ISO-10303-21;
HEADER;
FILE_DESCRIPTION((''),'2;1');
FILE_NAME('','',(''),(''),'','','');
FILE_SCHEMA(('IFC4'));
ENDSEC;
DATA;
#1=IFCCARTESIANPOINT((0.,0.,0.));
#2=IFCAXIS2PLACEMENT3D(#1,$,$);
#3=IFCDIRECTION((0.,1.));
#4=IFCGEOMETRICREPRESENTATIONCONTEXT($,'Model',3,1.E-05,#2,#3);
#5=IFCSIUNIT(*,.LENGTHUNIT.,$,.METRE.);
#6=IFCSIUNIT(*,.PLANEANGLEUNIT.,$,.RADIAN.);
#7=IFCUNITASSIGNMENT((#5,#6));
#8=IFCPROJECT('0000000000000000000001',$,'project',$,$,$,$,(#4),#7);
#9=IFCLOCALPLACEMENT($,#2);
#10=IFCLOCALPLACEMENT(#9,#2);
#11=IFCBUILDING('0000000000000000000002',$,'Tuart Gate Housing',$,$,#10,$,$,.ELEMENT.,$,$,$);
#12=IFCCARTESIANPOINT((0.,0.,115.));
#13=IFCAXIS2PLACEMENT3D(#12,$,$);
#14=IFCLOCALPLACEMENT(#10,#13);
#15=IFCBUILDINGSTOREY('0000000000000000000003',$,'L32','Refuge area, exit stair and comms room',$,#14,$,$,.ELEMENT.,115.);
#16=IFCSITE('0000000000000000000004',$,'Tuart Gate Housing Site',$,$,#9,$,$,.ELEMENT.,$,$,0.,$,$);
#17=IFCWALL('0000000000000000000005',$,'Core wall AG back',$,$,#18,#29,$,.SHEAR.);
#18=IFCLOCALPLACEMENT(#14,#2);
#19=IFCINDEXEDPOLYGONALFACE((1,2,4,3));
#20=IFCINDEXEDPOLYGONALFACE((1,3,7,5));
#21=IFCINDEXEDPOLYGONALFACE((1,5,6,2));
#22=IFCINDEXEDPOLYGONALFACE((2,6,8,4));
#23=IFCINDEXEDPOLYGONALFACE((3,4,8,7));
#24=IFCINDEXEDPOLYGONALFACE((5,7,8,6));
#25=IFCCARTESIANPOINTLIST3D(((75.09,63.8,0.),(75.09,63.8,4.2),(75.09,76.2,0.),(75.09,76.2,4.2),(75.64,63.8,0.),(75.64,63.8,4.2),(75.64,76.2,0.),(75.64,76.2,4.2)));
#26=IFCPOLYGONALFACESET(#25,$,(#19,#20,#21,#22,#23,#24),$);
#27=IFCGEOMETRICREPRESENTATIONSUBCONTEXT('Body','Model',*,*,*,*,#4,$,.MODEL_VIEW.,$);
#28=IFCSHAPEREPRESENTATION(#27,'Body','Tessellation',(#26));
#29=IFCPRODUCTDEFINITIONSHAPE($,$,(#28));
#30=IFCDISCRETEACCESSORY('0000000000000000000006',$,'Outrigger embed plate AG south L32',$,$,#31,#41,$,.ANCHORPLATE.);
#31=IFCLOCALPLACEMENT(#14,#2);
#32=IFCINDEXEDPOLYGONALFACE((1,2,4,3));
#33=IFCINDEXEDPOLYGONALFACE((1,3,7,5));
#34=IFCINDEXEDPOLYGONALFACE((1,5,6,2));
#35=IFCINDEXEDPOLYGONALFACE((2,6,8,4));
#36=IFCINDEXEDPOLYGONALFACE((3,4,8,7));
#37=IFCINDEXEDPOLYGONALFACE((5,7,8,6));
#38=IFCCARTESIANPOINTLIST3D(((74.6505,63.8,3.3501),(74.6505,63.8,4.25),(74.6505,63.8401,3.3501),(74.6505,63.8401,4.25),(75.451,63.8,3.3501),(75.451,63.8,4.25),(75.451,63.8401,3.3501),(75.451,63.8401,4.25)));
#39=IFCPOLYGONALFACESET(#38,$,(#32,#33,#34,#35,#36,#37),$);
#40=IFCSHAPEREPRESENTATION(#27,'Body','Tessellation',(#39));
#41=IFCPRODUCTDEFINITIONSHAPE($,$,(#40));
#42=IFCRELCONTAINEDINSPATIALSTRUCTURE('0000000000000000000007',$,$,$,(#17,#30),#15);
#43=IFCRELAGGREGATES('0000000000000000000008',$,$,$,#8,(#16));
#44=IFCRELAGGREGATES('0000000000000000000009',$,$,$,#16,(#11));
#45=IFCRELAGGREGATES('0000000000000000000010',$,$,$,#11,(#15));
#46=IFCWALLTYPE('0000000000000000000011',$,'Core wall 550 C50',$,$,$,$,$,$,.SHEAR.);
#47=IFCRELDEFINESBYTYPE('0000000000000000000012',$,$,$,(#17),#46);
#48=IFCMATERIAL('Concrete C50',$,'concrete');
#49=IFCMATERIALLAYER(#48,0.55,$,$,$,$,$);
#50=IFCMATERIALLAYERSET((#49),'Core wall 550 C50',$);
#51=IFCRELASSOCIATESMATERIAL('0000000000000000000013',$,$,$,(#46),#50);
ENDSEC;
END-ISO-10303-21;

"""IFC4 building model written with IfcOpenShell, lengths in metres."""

from ifc_helpers import new_model, si_unit, direction, frame, frame_2d, origin, origin_2d, place, context, subcontext, project, spatial, rectangle, extrude, material, layer, layer_set, type_object, element, save


model = new_model("IFC4")

# Units and contexts
model_context = context("Model", 3, precision=1e-05, world=origin(), true_north=direction((0.0, 1.0)))
body_context = subcontext(model_context, "Body", "Model", "MODEL_VIEW")
ifc_project = project(units=[si_unit("LENGTHUNIT", "METRE"), si_unit("PLANEANGLEUNIT", "RADIAN")], contexts=[model_context])

# Site, building, storey
site_placement = place(None, origin())
site = spatial("IfcSite", under=ifc_project, at=site_placement, Name="Tuart Gate Housing Site", CompositionType="ELEMENT", RefElevation=0.0)
building_placement = place(site_placement, origin())
building = spatial("IfcBuilding", under=site, at=building_placement, Name="Tuart Gate Housing", CompositionType="ELEMENT")
storey_placement = place(building_placement, frame((0.0, 0.0, 115.0)))
storey = spatial("IfcBuildingStorey", under=building, at=storey_placement, Name="L32", Description="Refuge area, exit stair and comms room", CompositionType="ELEMENT", Elevation=115.0)

# Wall
ifc_material_1 = material(Name="Concrete C50", Category="concrete")
ifc_layer_1 = layer(ifc_material_1, 0.55)
ifc_layer_set_1 = layer_set([ifc_layer_1], Name="Core wall 550 C50")
wall_type_1 = type_object("IfcWallType", Name="Core wall 550 C50", PredefinedType="SHEAR", material=ifc_layer_set_1)
wall_1_placement = place(storey_placement, frame((75.365, 63.8, 0.0), z_axis=(0.0, 0.0, 1.0), x_axis=(0.0, 1.0, 0.0)))
element("IfcWall", 1, at=wall_1_placement, inside=storey, type_object=wall_type_1, Name="Core wall AG back", PredefinedType="SHEAR", context=body_context, shape_type="SweptSolid", body=[
    extrude(rectangle(XDim=12.3999, YDim=0.55, at=frame_2d((6.2, 0.0))), origin(), (0.0, 0.0, 1.0), 4.2),
])

# Discrete accessory
discrete_accessory_placement = place(storey_placement, frame((75.0508, 63.8201, 3.3501), z_axis=(0.0, 0.0, 1.0), x_axis=(1.0, 0.0, 0.0)))
element("IfcDiscreteAccessory", 2, at=discrete_accessory_placement, inside=storey, Name="Outrigger embed plate AG south L32", PredefinedType="ANCHORPLATE", context=body_context, shape_type="SweptSolid", body=[
    extrude(rectangle(XDim=0.8005, YDim=0.04, at=origin_2d()), origin(), (0.0, 0.0, 1.0), 0.8999),
])

save(model, "model.ifc")
